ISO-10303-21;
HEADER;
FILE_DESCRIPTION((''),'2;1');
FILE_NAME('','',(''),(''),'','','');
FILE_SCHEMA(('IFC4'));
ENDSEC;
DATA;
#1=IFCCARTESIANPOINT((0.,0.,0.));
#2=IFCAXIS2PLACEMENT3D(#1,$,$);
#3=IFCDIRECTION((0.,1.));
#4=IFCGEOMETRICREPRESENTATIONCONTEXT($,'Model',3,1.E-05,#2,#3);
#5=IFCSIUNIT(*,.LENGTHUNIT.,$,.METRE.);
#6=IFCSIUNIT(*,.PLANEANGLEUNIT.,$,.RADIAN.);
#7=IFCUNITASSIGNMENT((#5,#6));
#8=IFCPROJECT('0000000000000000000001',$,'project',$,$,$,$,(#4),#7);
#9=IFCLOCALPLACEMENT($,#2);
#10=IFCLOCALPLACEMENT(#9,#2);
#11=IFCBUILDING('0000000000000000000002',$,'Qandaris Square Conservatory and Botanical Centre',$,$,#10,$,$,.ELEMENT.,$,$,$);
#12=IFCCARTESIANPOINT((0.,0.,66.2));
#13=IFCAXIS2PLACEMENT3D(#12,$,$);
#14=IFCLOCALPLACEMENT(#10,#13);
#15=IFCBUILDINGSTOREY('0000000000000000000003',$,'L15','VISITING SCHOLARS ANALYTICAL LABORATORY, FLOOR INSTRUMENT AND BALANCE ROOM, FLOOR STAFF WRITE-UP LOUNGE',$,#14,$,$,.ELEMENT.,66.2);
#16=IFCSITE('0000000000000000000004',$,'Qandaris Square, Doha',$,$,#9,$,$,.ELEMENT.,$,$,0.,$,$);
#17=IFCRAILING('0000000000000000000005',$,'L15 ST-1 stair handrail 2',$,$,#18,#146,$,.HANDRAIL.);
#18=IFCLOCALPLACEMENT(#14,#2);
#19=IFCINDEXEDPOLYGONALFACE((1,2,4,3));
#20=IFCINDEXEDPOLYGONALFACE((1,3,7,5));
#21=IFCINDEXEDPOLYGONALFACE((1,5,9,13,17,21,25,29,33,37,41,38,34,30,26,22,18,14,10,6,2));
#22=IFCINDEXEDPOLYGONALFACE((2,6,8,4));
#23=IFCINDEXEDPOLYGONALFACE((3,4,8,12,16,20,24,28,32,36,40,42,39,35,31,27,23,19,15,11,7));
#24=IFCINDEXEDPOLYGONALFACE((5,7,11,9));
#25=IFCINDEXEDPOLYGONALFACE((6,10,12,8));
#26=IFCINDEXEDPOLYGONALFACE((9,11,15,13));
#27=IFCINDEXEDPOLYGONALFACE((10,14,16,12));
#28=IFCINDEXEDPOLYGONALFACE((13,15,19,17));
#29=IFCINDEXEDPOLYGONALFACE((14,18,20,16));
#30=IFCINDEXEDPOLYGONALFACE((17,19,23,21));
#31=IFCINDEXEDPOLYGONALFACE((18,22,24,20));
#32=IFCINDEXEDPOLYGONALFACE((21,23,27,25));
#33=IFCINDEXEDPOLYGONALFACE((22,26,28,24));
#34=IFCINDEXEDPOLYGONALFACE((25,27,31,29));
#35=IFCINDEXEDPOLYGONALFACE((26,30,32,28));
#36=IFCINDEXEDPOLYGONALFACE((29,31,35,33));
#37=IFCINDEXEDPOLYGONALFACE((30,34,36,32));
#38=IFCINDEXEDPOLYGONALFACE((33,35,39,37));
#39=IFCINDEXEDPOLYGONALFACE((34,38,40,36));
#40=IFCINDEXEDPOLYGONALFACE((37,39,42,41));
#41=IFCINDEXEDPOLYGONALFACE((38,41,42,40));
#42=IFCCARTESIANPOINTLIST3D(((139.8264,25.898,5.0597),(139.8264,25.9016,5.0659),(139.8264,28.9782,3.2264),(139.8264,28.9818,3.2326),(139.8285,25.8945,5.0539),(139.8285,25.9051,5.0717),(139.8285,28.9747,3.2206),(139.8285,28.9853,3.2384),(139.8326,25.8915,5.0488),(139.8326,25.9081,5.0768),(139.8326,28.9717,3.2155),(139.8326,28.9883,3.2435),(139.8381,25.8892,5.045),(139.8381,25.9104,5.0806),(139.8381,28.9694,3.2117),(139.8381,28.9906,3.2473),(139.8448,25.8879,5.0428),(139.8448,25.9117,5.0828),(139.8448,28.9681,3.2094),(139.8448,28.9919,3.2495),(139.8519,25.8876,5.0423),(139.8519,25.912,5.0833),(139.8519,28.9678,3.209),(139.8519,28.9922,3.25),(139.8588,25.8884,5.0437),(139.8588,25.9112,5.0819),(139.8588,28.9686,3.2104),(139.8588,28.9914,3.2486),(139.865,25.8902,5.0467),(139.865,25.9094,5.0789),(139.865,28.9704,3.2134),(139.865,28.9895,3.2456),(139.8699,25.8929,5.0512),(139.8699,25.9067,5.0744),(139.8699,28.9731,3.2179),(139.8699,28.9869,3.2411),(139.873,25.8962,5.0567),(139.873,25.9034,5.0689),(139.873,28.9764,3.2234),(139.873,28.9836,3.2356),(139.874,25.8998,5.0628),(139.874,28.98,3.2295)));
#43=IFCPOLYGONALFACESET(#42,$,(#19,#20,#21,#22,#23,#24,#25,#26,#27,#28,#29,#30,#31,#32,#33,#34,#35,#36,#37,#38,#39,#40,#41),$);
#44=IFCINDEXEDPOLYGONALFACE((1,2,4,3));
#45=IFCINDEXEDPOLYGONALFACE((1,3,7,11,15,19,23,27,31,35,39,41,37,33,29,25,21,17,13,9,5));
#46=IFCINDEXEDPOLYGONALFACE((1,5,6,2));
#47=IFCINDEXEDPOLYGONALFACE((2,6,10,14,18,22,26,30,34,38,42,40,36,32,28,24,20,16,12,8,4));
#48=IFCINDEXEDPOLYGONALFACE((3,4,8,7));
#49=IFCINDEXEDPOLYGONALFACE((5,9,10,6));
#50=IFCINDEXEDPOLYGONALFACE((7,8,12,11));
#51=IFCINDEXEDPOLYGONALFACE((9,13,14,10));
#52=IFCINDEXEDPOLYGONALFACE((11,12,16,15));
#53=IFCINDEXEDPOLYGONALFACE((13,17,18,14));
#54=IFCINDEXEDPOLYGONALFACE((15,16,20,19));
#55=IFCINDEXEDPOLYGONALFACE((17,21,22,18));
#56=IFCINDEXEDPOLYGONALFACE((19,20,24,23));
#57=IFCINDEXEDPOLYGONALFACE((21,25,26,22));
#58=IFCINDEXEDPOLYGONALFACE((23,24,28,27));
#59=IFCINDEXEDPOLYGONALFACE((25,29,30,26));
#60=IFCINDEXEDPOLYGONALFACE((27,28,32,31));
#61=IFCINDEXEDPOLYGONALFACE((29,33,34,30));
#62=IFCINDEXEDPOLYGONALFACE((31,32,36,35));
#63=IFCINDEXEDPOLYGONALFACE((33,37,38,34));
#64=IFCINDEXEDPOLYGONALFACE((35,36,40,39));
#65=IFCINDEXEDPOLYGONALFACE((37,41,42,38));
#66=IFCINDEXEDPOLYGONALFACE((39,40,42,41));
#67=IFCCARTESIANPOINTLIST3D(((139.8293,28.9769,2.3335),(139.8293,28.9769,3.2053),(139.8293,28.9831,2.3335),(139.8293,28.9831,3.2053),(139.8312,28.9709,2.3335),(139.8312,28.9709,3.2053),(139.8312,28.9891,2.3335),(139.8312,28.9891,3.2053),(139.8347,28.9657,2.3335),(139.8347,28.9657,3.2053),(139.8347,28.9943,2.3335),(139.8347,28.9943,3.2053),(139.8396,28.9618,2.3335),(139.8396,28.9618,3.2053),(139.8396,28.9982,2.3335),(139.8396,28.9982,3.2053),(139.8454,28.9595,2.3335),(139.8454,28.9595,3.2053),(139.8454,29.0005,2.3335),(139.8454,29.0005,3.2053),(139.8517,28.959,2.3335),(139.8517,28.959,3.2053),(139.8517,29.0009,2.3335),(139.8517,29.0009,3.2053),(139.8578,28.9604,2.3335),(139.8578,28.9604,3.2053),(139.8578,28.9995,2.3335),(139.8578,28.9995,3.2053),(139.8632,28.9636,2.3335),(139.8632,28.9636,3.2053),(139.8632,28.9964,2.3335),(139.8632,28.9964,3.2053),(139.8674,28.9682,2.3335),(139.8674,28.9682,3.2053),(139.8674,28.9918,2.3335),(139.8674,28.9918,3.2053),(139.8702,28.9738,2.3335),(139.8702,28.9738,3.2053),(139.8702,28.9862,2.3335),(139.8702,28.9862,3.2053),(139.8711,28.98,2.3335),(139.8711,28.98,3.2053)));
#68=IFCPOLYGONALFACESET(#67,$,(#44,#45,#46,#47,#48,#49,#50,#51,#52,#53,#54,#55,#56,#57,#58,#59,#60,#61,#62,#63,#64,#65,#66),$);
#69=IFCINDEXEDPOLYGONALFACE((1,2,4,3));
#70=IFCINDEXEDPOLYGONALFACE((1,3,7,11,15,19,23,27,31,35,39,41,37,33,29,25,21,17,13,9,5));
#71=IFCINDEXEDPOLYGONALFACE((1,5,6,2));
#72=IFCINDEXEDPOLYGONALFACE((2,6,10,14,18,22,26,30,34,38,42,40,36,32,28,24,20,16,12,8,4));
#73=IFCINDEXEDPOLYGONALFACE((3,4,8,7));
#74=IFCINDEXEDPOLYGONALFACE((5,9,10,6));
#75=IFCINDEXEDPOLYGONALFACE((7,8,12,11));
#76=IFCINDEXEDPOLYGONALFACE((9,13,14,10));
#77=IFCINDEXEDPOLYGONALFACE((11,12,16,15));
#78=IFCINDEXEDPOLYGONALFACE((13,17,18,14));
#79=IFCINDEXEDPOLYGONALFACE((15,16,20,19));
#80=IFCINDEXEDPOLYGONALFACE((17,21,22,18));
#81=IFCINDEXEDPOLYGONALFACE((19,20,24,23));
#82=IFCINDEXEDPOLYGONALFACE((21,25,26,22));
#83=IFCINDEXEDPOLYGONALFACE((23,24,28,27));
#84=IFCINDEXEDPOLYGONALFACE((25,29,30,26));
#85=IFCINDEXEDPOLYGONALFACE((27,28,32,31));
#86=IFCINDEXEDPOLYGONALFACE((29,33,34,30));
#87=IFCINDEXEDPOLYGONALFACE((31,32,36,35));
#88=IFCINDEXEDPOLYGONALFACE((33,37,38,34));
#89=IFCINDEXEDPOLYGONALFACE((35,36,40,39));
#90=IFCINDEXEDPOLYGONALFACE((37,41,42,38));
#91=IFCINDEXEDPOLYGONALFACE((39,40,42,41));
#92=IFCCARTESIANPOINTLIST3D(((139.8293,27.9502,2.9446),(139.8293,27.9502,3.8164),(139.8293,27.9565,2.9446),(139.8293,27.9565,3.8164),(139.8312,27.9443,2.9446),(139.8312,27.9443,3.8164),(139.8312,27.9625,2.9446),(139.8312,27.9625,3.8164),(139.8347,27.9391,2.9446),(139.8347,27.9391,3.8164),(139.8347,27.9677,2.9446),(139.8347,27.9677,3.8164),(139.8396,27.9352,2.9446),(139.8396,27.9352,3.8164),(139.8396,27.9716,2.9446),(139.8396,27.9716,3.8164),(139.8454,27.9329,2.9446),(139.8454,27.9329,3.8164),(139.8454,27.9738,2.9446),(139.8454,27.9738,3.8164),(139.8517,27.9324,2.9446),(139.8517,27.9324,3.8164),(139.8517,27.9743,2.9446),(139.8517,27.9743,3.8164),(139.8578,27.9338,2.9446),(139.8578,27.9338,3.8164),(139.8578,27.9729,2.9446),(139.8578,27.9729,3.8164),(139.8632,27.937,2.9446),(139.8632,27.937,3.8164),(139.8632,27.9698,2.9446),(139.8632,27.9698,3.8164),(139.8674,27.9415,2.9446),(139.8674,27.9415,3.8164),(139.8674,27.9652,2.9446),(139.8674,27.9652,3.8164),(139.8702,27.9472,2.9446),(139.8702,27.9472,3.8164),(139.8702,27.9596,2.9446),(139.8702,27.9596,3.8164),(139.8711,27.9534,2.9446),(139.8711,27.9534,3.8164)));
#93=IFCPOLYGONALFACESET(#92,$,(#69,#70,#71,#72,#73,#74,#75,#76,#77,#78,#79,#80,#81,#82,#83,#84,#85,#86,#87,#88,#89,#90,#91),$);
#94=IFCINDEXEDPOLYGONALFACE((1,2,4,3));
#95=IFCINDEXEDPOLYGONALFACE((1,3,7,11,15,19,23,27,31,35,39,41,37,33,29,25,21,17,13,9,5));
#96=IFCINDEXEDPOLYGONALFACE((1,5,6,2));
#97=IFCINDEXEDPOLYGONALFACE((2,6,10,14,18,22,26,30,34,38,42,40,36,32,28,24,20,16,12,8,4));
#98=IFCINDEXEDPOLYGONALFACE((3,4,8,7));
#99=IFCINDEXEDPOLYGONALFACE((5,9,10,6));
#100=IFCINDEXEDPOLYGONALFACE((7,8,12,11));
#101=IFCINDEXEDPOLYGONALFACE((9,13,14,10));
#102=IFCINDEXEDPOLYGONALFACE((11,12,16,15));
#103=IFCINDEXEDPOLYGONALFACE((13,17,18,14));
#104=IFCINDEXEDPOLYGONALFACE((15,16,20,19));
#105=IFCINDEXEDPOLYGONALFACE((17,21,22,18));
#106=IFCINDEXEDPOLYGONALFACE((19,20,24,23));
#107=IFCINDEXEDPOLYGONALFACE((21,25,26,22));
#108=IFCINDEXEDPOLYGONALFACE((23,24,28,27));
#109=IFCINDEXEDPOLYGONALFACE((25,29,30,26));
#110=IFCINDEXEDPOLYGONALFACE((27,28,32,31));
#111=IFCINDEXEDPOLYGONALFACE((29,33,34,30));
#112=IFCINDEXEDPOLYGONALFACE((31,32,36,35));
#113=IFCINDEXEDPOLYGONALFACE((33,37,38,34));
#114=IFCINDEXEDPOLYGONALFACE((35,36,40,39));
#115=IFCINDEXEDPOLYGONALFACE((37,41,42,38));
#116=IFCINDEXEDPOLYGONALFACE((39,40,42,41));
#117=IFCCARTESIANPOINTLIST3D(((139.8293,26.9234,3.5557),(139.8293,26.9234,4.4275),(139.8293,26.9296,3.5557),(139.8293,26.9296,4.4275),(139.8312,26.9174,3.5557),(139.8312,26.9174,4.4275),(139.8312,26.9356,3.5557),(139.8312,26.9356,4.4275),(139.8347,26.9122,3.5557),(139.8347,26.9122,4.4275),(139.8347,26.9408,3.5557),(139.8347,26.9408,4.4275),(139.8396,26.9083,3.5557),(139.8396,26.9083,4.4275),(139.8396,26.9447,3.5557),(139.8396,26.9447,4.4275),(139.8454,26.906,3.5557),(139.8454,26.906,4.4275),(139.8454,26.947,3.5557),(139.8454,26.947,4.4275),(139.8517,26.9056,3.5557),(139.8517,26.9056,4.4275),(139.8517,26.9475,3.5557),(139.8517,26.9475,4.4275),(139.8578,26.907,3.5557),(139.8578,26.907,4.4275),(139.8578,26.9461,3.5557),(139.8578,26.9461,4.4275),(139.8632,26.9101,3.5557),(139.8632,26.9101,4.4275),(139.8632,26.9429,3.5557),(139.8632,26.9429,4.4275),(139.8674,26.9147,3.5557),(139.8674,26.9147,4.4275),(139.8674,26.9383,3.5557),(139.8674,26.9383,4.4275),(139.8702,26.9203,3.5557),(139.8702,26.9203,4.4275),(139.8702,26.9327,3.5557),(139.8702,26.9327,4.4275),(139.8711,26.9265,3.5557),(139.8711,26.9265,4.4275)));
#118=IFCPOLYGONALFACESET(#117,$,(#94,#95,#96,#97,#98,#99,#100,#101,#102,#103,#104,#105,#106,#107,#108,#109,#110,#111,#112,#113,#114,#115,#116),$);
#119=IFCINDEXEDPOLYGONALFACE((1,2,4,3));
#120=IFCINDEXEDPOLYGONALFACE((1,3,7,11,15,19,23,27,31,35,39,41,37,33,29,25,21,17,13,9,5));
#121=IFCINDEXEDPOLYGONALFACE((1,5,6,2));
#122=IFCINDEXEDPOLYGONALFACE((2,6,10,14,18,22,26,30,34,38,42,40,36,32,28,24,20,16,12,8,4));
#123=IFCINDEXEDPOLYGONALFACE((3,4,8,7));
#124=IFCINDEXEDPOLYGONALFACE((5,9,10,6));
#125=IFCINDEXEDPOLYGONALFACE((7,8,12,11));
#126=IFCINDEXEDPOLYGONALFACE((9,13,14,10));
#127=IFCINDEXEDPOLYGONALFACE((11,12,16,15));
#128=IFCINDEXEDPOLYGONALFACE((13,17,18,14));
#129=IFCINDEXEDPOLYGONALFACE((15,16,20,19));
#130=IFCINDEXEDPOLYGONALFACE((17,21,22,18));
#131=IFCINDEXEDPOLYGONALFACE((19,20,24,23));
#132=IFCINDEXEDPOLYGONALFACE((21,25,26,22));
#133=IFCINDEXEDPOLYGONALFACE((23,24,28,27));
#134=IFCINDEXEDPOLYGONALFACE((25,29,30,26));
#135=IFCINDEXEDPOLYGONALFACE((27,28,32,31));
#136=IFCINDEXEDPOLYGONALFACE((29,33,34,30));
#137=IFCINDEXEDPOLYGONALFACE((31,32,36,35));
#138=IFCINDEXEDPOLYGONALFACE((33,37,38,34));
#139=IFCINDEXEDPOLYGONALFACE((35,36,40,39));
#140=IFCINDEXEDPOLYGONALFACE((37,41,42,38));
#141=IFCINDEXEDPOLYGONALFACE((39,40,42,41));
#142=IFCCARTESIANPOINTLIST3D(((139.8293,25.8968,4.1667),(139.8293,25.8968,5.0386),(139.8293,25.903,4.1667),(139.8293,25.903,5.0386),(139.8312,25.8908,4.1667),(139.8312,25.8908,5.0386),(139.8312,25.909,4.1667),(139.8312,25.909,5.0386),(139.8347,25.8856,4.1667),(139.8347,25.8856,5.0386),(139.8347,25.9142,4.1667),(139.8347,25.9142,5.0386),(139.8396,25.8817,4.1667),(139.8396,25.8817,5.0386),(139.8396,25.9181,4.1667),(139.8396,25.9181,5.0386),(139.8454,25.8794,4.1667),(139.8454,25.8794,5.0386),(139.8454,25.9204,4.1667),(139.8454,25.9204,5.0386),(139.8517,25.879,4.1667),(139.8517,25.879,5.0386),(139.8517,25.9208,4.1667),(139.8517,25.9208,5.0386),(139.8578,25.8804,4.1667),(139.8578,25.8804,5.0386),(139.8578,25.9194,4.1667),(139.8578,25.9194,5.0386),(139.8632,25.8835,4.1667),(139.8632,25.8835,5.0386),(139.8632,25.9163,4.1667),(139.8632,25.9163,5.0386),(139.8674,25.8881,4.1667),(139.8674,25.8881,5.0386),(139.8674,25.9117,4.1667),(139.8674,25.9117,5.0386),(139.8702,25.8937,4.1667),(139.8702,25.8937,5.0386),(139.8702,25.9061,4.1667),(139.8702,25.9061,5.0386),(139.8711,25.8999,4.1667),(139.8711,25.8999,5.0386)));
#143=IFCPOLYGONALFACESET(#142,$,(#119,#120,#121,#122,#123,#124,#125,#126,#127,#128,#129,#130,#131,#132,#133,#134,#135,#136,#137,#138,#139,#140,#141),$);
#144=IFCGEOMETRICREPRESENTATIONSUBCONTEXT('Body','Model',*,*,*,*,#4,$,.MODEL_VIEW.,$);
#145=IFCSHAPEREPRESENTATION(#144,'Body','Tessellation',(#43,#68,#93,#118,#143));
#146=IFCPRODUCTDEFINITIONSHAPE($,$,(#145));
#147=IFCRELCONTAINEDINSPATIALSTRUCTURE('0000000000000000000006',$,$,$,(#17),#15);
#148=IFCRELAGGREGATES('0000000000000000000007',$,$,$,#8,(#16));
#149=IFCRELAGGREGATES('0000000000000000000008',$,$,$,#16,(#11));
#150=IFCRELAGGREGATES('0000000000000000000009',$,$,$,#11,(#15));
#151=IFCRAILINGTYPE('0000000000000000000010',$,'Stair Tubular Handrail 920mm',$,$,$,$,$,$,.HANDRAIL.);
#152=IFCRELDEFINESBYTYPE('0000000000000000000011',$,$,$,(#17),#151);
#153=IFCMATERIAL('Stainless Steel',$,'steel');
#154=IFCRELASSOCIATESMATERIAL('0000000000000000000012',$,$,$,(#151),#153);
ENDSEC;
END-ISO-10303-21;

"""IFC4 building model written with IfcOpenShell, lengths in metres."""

from ifc_helpers import new_model, si_unit, direction, frame, origin, origin_2d, place, context, subcontext, project, spatial, circle, extrude, material, type_object, element, save


model = new_model("IFC4")

# Units and contexts
model_context = context("Model", 3, precision=1e-05, world=origin(), true_north=direction((0.0, 1.0)))
body_context = subcontext(model_context, "Body", "Model", "MODEL_VIEW")
ifc_project = project(units=[si_unit("LENGTHUNIT", "METRE"), si_unit("PLANEANGLEUNIT", "RADIAN")], contexts=[model_context])

# Site, building, storey
site_placement = place(None, origin())
site = spatial("IfcSite", under=ifc_project, at=site_placement, Name="Qandaris Square, Doha", CompositionType="ELEMENT", RefElevation=0.0)
building_placement = place(site_placement, origin())
building = spatial("IfcBuilding", under=site, at=building_placement, Name="Qandaris Square Conservatory and Botanical Centre", CompositionType="ELEMENT")
storey_placement = place(building_placement, frame((0.0, 0.0, 66.2)))
storey = spatial("IfcBuildingStorey", under=building, at=storey_placement, Name="L15", Description="VISITING SCHOLARS ANALYTICAL LABORATORY, FLOOR INSTRUMENT AND BALANCE ROOM, FLOOR STAFF WRITE-UP LOUNGE", CompositionType="ELEMENT", Elevation=66.2)

# Railing
ifc_material_1 = material(Name="Stainless Steel", Category="steel")
railing_type_1 = type_object("IfcRailingType", Name="Stair Tubular Handrail 920mm", PredefinedType="HANDRAIL", material=ifc_material_1)
railing_1_placement = place(storey_placement, frame((139.8501, 28.98, 2.3335)))
element("IfcRailing", 1, at=railing_1_placement, inside=storey, type_object=railing_type_1, Name="L15 ST-1 stair handrail 2", PredefinedType="HANDRAIL", context=body_context, shape_type="SweptSolid", body=[
    extrude(circle(Radius=0.0239, at=origin_2d()), frame((0.0, 0.0, 0.896), z_axis=(0.0, -0.859309, 0.511458), x_axis=(1.0, 0.0, 0.0)), (0.0, 0.0, 1.0), 3.5845),
    extrude(circle(Radius=0.021, at=origin_2d()), origin(), (0.0, 0.0, 1.0), 0.8718),
    extrude(circle(Radius=0.021, at=origin_2d()), frame((0.0, -1.0266, 0.6111)), (0.0, 0.0, 1.0), 0.8718),
    extrude(circle(Radius=0.021, at=origin_2d()), frame((0.0, -2.0535, 1.2222)), (0.0, 0.0, 1.0), 0.8718),
    extrude(circle(Radius=0.021, at=origin_2d()), frame((0.0, -3.0801, 1.8333)), (0.0, 0.0, 1.0), 0.8718),
])

save(model, "model.ifc")
